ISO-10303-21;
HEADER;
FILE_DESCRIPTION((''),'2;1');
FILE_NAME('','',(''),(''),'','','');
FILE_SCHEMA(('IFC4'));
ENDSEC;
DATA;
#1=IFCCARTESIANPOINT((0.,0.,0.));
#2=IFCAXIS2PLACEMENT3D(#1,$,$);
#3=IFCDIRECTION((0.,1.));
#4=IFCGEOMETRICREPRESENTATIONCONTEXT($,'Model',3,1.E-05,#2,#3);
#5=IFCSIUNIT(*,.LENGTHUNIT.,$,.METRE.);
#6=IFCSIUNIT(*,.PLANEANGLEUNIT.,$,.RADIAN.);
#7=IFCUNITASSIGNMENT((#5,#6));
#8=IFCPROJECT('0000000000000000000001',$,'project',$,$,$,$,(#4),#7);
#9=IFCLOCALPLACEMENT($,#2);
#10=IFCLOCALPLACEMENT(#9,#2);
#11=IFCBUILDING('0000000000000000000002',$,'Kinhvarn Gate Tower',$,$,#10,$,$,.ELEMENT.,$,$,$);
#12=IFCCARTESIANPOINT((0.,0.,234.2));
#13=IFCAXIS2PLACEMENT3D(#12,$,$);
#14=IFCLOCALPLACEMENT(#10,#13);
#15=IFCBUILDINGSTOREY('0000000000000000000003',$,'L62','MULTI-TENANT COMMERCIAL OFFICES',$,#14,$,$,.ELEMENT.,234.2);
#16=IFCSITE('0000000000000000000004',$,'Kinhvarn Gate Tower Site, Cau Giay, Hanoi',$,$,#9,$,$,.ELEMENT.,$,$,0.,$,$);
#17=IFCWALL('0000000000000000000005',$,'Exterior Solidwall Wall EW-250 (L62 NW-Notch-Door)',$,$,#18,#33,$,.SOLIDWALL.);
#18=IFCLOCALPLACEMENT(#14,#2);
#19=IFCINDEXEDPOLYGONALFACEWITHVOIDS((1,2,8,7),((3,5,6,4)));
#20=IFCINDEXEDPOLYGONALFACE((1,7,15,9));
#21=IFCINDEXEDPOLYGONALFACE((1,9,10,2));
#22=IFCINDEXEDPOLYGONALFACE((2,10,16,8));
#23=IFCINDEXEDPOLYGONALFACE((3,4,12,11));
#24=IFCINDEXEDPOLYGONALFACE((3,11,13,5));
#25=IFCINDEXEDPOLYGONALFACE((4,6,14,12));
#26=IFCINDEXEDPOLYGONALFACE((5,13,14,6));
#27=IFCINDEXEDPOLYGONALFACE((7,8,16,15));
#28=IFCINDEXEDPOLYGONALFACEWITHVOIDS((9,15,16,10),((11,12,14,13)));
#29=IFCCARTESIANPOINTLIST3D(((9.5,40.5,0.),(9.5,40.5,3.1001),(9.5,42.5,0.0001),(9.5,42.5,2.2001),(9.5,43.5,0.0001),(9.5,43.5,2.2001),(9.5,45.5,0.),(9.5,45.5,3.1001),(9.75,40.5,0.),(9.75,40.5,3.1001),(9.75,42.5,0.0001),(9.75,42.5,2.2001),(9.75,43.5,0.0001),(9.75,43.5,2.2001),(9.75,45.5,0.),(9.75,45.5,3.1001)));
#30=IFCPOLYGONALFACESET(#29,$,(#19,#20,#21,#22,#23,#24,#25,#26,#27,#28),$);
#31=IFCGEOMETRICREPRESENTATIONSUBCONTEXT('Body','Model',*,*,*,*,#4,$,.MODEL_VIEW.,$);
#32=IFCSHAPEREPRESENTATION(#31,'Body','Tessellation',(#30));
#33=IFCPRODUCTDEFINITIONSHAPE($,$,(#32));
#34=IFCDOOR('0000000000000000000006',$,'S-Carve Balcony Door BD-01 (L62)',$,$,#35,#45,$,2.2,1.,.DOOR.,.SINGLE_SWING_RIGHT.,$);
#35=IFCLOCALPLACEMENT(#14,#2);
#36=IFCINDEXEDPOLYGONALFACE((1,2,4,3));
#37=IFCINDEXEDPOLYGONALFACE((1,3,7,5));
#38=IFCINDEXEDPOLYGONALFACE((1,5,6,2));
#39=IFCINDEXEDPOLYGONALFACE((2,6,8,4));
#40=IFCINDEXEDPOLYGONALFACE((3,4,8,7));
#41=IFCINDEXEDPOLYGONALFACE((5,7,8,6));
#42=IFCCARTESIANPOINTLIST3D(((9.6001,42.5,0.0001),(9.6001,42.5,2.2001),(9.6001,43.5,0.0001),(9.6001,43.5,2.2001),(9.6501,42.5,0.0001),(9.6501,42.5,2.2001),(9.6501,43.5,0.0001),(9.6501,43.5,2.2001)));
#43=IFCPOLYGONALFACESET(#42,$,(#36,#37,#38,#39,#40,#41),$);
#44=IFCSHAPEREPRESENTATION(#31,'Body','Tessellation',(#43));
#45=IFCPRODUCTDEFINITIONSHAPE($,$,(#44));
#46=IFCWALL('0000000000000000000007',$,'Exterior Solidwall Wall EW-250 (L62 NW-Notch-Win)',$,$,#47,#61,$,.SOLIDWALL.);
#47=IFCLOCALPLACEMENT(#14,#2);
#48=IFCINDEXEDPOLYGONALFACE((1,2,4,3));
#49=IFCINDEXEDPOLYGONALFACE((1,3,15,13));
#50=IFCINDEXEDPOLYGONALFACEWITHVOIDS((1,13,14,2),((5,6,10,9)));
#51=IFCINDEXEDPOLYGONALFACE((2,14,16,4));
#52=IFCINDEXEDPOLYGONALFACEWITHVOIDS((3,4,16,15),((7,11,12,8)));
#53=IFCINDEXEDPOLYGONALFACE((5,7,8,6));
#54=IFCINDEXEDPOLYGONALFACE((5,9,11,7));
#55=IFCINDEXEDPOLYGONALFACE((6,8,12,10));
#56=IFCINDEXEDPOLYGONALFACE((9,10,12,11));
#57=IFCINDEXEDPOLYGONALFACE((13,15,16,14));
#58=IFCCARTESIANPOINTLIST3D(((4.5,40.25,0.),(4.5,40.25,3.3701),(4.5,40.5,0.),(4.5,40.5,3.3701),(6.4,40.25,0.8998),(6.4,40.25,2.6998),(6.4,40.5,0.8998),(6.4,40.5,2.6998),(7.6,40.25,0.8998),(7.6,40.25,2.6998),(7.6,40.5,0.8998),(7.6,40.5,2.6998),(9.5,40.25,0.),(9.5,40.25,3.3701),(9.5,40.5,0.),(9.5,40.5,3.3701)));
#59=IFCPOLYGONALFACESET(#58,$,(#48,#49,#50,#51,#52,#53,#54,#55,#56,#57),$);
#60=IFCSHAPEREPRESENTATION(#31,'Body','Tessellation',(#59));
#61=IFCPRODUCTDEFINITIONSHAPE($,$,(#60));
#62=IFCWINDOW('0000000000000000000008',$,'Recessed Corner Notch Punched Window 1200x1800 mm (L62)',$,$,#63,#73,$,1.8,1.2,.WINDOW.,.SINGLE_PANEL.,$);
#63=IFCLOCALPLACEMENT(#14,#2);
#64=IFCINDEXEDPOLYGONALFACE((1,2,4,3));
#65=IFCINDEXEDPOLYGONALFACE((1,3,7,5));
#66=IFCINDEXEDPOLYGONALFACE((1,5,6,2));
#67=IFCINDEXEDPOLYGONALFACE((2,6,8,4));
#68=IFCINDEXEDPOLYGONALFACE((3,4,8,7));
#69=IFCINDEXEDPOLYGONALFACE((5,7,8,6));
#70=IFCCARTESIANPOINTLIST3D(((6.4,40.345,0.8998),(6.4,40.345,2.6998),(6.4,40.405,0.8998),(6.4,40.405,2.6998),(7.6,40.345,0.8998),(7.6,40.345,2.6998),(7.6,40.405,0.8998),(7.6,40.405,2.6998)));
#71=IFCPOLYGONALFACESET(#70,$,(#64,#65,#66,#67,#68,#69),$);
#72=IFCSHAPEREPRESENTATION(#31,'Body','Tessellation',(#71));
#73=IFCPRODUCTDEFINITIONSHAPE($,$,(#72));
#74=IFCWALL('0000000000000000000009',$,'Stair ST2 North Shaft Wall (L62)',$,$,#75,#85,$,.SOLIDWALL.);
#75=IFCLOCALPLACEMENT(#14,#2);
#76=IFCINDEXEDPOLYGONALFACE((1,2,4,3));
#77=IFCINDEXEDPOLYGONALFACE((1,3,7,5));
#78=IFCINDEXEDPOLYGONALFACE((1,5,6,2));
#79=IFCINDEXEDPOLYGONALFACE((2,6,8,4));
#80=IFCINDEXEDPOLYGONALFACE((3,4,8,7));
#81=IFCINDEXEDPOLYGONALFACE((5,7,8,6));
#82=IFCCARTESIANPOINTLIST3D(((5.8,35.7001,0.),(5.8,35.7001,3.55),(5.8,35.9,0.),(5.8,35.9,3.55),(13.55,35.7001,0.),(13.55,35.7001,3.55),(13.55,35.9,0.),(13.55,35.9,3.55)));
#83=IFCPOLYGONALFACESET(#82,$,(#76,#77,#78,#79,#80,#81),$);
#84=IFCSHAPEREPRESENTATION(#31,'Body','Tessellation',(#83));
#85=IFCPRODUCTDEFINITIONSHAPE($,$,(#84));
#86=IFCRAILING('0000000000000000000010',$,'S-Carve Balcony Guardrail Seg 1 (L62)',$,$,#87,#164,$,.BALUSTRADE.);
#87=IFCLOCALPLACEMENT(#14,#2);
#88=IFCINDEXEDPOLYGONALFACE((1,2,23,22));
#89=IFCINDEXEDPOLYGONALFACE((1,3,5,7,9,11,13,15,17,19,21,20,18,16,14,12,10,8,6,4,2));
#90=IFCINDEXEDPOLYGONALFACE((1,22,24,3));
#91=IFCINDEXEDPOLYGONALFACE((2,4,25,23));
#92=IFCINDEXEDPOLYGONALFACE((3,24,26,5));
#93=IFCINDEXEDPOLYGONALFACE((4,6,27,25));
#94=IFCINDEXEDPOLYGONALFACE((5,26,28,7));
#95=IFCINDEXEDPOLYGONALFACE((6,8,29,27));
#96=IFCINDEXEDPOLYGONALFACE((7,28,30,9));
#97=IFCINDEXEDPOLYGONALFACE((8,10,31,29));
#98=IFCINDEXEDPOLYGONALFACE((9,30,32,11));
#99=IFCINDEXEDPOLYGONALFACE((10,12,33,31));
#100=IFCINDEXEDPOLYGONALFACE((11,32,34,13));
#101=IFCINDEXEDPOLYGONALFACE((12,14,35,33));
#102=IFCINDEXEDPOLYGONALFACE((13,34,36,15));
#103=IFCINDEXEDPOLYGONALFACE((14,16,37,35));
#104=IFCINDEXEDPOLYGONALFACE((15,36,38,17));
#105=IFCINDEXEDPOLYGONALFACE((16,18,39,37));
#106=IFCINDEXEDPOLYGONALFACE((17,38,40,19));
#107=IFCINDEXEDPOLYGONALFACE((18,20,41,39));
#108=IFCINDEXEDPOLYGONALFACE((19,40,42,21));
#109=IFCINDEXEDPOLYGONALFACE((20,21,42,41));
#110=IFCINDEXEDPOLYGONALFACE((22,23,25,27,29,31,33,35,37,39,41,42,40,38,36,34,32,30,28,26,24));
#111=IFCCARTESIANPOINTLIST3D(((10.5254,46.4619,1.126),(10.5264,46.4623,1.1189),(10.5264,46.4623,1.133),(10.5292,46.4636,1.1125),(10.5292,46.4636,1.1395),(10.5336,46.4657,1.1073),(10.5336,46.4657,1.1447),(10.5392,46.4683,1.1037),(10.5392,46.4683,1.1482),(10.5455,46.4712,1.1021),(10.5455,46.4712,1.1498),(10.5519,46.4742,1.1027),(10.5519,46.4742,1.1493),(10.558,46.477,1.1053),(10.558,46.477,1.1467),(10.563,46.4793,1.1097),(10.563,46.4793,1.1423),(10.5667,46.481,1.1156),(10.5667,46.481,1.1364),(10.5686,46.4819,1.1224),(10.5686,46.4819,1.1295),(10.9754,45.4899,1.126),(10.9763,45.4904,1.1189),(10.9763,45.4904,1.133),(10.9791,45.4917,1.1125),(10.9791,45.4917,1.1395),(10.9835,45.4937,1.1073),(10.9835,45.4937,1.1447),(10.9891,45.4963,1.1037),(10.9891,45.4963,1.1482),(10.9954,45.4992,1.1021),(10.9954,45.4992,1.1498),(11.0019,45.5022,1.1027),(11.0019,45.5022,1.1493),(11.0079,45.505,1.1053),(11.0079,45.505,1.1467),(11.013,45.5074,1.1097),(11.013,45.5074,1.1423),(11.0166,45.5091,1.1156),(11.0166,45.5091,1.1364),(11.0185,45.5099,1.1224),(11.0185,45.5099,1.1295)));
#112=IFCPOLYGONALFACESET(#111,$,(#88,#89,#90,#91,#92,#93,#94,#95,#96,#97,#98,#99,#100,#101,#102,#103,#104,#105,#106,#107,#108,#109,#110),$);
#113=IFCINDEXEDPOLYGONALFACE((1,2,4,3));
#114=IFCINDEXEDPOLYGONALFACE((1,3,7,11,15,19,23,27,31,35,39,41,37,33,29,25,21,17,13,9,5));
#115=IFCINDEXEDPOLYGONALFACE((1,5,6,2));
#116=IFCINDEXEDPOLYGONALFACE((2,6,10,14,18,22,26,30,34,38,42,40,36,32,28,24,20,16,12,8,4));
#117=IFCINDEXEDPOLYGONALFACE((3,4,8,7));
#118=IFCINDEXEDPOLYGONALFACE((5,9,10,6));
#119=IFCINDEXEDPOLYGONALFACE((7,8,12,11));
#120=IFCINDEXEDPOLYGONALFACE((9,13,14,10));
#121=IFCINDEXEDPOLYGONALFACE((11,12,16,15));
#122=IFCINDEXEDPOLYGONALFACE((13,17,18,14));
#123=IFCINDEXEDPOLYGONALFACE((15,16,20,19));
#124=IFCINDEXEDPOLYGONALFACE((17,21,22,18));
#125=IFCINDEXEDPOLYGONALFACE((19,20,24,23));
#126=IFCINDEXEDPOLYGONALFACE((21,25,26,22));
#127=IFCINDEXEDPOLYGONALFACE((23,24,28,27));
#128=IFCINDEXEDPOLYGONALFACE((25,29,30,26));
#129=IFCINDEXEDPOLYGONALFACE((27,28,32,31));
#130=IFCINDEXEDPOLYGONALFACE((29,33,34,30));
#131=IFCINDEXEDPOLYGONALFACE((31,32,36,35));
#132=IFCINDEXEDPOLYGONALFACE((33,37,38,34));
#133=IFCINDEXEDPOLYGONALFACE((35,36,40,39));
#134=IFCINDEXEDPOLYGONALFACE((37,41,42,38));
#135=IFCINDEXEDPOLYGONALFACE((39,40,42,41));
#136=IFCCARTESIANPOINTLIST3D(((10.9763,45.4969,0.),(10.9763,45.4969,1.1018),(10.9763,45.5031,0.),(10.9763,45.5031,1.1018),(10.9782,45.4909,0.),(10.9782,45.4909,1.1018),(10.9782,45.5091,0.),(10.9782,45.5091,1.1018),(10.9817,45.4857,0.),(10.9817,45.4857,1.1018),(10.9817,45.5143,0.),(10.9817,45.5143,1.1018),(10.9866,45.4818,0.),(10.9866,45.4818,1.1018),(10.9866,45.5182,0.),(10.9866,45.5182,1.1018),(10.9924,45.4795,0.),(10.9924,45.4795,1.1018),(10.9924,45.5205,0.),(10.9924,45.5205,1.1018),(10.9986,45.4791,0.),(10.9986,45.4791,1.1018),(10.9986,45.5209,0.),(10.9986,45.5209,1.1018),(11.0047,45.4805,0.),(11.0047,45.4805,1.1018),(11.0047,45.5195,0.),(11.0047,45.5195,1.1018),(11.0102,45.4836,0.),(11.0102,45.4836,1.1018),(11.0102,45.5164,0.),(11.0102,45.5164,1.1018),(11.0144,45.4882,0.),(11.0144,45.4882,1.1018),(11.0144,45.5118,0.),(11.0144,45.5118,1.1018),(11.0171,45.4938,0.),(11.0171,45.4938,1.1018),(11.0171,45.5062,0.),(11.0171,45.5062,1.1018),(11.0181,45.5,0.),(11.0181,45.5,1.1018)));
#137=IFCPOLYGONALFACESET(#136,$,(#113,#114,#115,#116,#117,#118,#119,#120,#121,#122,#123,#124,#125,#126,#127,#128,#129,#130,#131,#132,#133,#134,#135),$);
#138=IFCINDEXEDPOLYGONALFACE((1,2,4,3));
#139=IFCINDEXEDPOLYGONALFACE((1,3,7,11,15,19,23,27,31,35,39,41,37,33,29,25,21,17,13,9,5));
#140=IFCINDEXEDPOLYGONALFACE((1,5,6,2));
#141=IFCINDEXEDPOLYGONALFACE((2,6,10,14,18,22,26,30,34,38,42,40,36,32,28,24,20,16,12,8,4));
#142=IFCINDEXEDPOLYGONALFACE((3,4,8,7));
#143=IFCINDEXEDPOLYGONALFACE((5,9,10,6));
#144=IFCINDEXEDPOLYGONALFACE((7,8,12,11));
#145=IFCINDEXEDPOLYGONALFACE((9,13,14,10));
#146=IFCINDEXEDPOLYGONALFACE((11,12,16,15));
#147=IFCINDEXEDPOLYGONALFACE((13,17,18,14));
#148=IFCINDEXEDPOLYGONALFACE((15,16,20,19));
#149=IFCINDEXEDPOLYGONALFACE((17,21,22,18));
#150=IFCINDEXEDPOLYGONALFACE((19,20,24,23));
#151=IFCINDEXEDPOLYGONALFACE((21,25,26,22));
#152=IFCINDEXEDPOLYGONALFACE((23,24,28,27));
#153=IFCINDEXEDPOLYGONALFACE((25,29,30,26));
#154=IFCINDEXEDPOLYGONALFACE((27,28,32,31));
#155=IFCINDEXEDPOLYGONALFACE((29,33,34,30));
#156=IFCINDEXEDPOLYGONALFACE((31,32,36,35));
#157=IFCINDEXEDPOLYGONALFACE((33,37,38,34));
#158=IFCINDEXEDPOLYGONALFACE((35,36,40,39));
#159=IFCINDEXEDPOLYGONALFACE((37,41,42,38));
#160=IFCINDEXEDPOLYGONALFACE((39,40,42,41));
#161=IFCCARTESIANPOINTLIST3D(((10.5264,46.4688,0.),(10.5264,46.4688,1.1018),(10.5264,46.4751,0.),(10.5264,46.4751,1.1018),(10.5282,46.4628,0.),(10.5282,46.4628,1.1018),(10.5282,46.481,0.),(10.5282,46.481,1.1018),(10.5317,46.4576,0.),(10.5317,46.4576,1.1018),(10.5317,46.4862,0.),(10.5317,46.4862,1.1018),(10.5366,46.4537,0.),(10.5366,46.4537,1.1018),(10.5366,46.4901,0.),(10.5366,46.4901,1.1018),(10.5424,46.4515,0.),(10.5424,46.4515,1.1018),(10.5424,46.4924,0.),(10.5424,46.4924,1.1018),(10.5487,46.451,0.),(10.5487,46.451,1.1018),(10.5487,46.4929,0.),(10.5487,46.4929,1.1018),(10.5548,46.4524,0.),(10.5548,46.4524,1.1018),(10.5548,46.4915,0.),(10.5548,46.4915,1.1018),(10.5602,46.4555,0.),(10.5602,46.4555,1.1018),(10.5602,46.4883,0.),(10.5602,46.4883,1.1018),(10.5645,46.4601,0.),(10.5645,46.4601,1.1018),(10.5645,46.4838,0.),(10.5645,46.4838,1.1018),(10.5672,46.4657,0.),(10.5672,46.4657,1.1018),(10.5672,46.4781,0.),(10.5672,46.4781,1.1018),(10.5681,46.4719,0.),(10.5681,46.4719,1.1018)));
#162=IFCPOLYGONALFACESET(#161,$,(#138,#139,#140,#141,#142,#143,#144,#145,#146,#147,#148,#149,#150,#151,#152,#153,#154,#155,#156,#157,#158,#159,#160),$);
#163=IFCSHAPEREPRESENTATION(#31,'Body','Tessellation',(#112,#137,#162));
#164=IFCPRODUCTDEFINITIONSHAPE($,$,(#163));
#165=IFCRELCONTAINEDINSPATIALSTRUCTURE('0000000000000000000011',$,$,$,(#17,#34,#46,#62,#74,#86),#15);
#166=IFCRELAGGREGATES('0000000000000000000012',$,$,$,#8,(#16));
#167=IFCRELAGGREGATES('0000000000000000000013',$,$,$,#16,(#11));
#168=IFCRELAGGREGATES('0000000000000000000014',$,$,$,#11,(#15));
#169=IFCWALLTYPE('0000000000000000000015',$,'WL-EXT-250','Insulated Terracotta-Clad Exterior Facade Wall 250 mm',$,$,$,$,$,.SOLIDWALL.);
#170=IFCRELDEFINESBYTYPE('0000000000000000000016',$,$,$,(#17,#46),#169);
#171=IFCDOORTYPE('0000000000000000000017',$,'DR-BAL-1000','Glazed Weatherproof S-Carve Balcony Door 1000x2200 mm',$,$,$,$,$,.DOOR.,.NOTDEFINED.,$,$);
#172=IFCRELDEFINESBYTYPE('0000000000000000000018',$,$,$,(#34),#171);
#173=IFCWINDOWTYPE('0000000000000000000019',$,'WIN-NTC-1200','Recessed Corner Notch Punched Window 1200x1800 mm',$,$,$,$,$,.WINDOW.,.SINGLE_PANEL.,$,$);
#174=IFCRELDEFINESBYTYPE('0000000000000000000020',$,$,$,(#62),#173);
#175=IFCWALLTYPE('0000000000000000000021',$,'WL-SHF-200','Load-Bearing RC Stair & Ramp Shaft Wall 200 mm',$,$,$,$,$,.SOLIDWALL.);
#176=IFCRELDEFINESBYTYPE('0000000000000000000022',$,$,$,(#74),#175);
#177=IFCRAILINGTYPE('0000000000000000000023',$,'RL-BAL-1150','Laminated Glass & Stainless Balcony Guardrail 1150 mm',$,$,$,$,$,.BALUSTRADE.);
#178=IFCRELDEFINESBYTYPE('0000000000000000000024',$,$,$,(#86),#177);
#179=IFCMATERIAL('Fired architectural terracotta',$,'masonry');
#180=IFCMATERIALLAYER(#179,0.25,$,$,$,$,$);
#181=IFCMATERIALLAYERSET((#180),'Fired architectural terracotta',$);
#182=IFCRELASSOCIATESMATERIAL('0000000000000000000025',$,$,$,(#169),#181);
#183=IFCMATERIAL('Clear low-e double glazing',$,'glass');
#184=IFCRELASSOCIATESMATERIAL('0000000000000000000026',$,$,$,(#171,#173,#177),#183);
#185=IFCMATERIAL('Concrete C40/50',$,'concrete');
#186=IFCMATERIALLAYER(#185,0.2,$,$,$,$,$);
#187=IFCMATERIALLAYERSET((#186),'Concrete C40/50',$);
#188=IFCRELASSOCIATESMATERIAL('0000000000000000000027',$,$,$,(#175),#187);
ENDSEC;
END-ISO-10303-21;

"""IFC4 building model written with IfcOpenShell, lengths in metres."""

from ifc_helpers import new_model, si_unit, direction, frame, frame_2d, origin, origin_2d, place, context, subcontext, project, spatial, rectangle, circle, extrude, material, layer, layer_set, type_object, element, fill, save


model = new_model("IFC4")

# Units and contexts
model_context = context("Model", 3, precision=1e-05, world=origin(), true_north=direction((0.0, 1.0)))
body_context = subcontext(model_context, "Body", "Model", "MODEL_VIEW")
ifc_project = project(units=[si_unit("LENGTHUNIT", "METRE"), si_unit("PLANEANGLEUNIT", "RADIAN")], contexts=[model_context])

# Site, building, storey
site_placement = place(None, origin())
site = spatial("IfcSite", under=ifc_project, at=site_placement, Name="Kinhvarn Gate Tower Site, Cau Giay, Hanoi", CompositionType="ELEMENT", RefElevation=0.0)
building_placement = place(site_placement, origin())
building = spatial("IfcBuilding", under=site, at=building_placement, Name="Kinhvarn Gate Tower", CompositionType="ELEMENT")
storey_placement = place(building_placement, frame((0.0, 0.0, 234.2)))
storey = spatial("IfcBuildingStorey", under=building, at=storey_placement, Name="L62", Description="MULTI-TENANT COMMERCIAL OFFICES", CompositionType="ELEMENT", Elevation=234.2)

# Shared definitions
ifc_material_1 = material(Name="Fired architectural terracotta", Category="masonry")
ifc_layer_1 = layer(ifc_material_1, 0.25)
ifc_layer_set_1 = layer_set([ifc_layer_1], Name="Fired architectural terracotta")
wall_type_1 = type_object("IfcWallType", Name="WL-EXT-250", Description="Insulated Terracotta-Clad Exterior Facade Wall 250 mm", PredefinedType="SOLIDWALL", material=ifc_layer_set_1)
ifc_material_2 = material(Name="Clear low-e double glazing", Category="glass")

# Wall, opening, door
wall_1_placement = place(storey_placement, frame((9.625, 45.5, 0.0), z_axis=(0.0, 0.0, 1.0), x_axis=(0.0, -1.0, 0.0)))
wall_1 = element("IfcWall", 1, at=wall_1_placement, inside=storey, type_object=wall_type_1, Name="Exterior Solidwall Wall EW-250 (L62 NW-Notch-Door)", PredefinedType="SOLIDWALL", context=body_context, shape_type="SweptSolid", body=[
    extrude(rectangle(XDim=5.0, YDim=0.25, at=frame_2d((2.5, 0.0))), origin(), (0.0, 0.0, 1.0), 3.1001),
])
opening_1_placement = place(wall_1_placement, frame((2.0, 0.0, 0.0)))
opening_1 = element("IfcOpeningElement", 2, at=opening_1_placement, cuts=wall_1, PredefinedType="OPENING", context=body_context, shape_type="SweptSolid", body=[
    extrude(rectangle(XDim=1.0, YDim=2.2, at=frame_2d((0.5, 1.1001))), frame((0.0, 0.135, 0.0), z_axis=(0.0, -1.0, 0.0), x_axis=(1.0, 0.0, 0.0)), (0.0, 0.0, 1.0), 0.27),
])
door_type = type_object("IfcDoorType", Name="DR-BAL-1000", Description="Glazed Weatherproof S-Carve Balcony Door 1000x2200 mm", OperationType="NOTDEFINED", PredefinedType="DOOR", material=ifc_material_2)
door_placement = place(opening_1_placement, frame((1.0, 0.0, 0.0), z_axis=(0.0, 0.0, 1.0), x_axis=(-1.0, 0.0, 0.0)))
door = element("IfcDoor", 3, at=door_placement, inside=storey, type_object=door_type, Name="S-Carve Balcony Door BD-01 (L62)", OperationType="SINGLE_SWING_RIGHT", OverallHeight=2.2, OverallWidth=1.0, PredefinedType="DOOR", context=body_context, shape_type="SweptSolid", body=[
    extrude(rectangle(XDim=1.0, YDim=2.2, at=frame_2d((0.5, 1.1001))), frame((0.0, 0.0249, 0.0), z_axis=(0.0, -1.0, 0.0), x_axis=(1.0, 0.0, 0.0)), (0.0, 0.0, 1.0), 0.05),
])
fill(opening_1, door)

# Wall, opening, window
wall_2_placement = place(storey_placement, frame((9.5, 40.375, 0.0), z_axis=(0.0, 0.0, 1.0), x_axis=(-1.0, 0.0, 0.0)))
wall_2 = element("IfcWall", 4, at=wall_2_placement, inside=storey, type_object=wall_type_1, Name="Exterior Solidwall Wall EW-250 (L62 NW-Notch-Win)", PredefinedType="SOLIDWALL", context=body_context, shape_type="SweptSolid", body=[
    extrude(rectangle(XDim=5.0, YDim=0.25, at=frame_2d((2.5, 0.0))), origin(), (0.0, 0.0, 1.0), 3.3701),
])
opening_2_placement = place(wall_2_placement, frame((1.8999, 0.0, 0.8999)))
opening_2 = element("IfcOpeningElement", 5, at=opening_2_placement, cuts=wall_2, PredefinedType="OPENING", context=body_context, shape_type="SweptSolid", body=[
    extrude(rectangle(XDim=1.2, YDim=1.8, at=frame_2d((0.6001, 0.8999))), frame((0.0, 0.135, 0.0), z_axis=(0.0, -1.0, 0.0), x_axis=(1.0, 0.0, 0.0)), (0.0, 0.0, 1.0), 0.27),
])
window_type_1 = type_object("IfcWindowType", Name="WIN-NTC-1200", Description="Recessed Corner Notch Punched Window 1200x1800 mm", PartitioningType="SINGLE_PANEL", PredefinedType="WINDOW", material=ifc_material_2)
window_1_placement = place(opening_2_placement, origin())
window_1 = element("IfcWindow", 6, at=window_1_placement, inside=storey, type_object=window_type_1, Name="Recessed Corner Notch Punched Window 1200x1800 mm (L62)", OverallHeight=1.8, OverallWidth=1.2, PartitioningType="SINGLE_PANEL", PredefinedType="WINDOW", context=body_context, shape_type="SweptSolid", body=[
    extrude(rectangle(XDim=1.2, YDim=1.8, at=frame_2d((0.6001, 0.8999))), frame((0.0, 0.03, 0.0), z_axis=(0.0, -1.0, 0.0), x_axis=(1.0, 0.0, 0.0)), (0.0, 0.0, 1.0), 0.0601),
])
fill(opening_2, window_1)

# Wall
ifc_material_3 = material(Name="Concrete C40/50", Category="concrete")
ifc_layer_2 = layer(ifc_material_3, 0.2)
ifc_layer_set_2 = layer_set([ifc_layer_2], Name="Concrete C40/50")
wall_type_2 = type_object("IfcWallType", Name="WL-SHF-200", Description="Load-Bearing RC Stair & Ramp Shaft Wall 200 mm", PredefinedType="SOLIDWALL", material=ifc_layer_set_2)
wall_3_placement = place(storey_placement, frame((5.8, 35.8, 0.0), z_axis=(0.0, 0.0, 1.0), x_axis=(1.0, 0.0, 0.0)))
element("IfcWall", 7, at=wall_3_placement, inside=storey, type_object=wall_type_2, Name="Stair ST2 North Shaft Wall (L62)", PredefinedType="SOLIDWALL", context=body_context, shape_type="SweptSolid", body=[
    extrude(rectangle(XDim=7.75, YDim=0.2, at=frame_2d((3.875, 0.0))), origin(), (0.0, 0.0, 1.0), 3.55),
])

# Railing
railing_type = type_object("IfcRailingType", Name="RL-BAL-1150", Description="Laminated Glass & Stainless Balcony Guardrail 1150 mm", PredefinedType="BALUSTRADE", material=ifc_material_2)
railing_1_placement = place(storey_placement, frame((10.9971, 45.5, 0.0)))
element("IfcRailing", 8, at=railing_1_placement, inside=storey, type_object=railing_type, Name="S-Carve Balcony Guardrail Seg 1 (L62)", PredefinedType="BALUSTRADE", context=body_context, shape_type="SweptSolid", body=[
    extrude(circle(Radius=0.0239, at=origin_2d()), frame((0.0, 0.0, 1.126), z_axis=(-0.420113, 0.907472, 0.0), x_axis=(-0.907472, -0.420113, 0.0)), (0.0, 0.0, 1.0), 1.071),
    extrude(circle(Radius=0.021, at=origin_2d()), origin(), (0.0, 0.0, 1.0), 1.1018),
    extrude(circle(Radius=0.021, at=origin_2d()), frame((-0.45, 0.9719, 0.0)), (0.0, 0.0, 1.0), 1.1018),
])

save(model, "model.ifc")
